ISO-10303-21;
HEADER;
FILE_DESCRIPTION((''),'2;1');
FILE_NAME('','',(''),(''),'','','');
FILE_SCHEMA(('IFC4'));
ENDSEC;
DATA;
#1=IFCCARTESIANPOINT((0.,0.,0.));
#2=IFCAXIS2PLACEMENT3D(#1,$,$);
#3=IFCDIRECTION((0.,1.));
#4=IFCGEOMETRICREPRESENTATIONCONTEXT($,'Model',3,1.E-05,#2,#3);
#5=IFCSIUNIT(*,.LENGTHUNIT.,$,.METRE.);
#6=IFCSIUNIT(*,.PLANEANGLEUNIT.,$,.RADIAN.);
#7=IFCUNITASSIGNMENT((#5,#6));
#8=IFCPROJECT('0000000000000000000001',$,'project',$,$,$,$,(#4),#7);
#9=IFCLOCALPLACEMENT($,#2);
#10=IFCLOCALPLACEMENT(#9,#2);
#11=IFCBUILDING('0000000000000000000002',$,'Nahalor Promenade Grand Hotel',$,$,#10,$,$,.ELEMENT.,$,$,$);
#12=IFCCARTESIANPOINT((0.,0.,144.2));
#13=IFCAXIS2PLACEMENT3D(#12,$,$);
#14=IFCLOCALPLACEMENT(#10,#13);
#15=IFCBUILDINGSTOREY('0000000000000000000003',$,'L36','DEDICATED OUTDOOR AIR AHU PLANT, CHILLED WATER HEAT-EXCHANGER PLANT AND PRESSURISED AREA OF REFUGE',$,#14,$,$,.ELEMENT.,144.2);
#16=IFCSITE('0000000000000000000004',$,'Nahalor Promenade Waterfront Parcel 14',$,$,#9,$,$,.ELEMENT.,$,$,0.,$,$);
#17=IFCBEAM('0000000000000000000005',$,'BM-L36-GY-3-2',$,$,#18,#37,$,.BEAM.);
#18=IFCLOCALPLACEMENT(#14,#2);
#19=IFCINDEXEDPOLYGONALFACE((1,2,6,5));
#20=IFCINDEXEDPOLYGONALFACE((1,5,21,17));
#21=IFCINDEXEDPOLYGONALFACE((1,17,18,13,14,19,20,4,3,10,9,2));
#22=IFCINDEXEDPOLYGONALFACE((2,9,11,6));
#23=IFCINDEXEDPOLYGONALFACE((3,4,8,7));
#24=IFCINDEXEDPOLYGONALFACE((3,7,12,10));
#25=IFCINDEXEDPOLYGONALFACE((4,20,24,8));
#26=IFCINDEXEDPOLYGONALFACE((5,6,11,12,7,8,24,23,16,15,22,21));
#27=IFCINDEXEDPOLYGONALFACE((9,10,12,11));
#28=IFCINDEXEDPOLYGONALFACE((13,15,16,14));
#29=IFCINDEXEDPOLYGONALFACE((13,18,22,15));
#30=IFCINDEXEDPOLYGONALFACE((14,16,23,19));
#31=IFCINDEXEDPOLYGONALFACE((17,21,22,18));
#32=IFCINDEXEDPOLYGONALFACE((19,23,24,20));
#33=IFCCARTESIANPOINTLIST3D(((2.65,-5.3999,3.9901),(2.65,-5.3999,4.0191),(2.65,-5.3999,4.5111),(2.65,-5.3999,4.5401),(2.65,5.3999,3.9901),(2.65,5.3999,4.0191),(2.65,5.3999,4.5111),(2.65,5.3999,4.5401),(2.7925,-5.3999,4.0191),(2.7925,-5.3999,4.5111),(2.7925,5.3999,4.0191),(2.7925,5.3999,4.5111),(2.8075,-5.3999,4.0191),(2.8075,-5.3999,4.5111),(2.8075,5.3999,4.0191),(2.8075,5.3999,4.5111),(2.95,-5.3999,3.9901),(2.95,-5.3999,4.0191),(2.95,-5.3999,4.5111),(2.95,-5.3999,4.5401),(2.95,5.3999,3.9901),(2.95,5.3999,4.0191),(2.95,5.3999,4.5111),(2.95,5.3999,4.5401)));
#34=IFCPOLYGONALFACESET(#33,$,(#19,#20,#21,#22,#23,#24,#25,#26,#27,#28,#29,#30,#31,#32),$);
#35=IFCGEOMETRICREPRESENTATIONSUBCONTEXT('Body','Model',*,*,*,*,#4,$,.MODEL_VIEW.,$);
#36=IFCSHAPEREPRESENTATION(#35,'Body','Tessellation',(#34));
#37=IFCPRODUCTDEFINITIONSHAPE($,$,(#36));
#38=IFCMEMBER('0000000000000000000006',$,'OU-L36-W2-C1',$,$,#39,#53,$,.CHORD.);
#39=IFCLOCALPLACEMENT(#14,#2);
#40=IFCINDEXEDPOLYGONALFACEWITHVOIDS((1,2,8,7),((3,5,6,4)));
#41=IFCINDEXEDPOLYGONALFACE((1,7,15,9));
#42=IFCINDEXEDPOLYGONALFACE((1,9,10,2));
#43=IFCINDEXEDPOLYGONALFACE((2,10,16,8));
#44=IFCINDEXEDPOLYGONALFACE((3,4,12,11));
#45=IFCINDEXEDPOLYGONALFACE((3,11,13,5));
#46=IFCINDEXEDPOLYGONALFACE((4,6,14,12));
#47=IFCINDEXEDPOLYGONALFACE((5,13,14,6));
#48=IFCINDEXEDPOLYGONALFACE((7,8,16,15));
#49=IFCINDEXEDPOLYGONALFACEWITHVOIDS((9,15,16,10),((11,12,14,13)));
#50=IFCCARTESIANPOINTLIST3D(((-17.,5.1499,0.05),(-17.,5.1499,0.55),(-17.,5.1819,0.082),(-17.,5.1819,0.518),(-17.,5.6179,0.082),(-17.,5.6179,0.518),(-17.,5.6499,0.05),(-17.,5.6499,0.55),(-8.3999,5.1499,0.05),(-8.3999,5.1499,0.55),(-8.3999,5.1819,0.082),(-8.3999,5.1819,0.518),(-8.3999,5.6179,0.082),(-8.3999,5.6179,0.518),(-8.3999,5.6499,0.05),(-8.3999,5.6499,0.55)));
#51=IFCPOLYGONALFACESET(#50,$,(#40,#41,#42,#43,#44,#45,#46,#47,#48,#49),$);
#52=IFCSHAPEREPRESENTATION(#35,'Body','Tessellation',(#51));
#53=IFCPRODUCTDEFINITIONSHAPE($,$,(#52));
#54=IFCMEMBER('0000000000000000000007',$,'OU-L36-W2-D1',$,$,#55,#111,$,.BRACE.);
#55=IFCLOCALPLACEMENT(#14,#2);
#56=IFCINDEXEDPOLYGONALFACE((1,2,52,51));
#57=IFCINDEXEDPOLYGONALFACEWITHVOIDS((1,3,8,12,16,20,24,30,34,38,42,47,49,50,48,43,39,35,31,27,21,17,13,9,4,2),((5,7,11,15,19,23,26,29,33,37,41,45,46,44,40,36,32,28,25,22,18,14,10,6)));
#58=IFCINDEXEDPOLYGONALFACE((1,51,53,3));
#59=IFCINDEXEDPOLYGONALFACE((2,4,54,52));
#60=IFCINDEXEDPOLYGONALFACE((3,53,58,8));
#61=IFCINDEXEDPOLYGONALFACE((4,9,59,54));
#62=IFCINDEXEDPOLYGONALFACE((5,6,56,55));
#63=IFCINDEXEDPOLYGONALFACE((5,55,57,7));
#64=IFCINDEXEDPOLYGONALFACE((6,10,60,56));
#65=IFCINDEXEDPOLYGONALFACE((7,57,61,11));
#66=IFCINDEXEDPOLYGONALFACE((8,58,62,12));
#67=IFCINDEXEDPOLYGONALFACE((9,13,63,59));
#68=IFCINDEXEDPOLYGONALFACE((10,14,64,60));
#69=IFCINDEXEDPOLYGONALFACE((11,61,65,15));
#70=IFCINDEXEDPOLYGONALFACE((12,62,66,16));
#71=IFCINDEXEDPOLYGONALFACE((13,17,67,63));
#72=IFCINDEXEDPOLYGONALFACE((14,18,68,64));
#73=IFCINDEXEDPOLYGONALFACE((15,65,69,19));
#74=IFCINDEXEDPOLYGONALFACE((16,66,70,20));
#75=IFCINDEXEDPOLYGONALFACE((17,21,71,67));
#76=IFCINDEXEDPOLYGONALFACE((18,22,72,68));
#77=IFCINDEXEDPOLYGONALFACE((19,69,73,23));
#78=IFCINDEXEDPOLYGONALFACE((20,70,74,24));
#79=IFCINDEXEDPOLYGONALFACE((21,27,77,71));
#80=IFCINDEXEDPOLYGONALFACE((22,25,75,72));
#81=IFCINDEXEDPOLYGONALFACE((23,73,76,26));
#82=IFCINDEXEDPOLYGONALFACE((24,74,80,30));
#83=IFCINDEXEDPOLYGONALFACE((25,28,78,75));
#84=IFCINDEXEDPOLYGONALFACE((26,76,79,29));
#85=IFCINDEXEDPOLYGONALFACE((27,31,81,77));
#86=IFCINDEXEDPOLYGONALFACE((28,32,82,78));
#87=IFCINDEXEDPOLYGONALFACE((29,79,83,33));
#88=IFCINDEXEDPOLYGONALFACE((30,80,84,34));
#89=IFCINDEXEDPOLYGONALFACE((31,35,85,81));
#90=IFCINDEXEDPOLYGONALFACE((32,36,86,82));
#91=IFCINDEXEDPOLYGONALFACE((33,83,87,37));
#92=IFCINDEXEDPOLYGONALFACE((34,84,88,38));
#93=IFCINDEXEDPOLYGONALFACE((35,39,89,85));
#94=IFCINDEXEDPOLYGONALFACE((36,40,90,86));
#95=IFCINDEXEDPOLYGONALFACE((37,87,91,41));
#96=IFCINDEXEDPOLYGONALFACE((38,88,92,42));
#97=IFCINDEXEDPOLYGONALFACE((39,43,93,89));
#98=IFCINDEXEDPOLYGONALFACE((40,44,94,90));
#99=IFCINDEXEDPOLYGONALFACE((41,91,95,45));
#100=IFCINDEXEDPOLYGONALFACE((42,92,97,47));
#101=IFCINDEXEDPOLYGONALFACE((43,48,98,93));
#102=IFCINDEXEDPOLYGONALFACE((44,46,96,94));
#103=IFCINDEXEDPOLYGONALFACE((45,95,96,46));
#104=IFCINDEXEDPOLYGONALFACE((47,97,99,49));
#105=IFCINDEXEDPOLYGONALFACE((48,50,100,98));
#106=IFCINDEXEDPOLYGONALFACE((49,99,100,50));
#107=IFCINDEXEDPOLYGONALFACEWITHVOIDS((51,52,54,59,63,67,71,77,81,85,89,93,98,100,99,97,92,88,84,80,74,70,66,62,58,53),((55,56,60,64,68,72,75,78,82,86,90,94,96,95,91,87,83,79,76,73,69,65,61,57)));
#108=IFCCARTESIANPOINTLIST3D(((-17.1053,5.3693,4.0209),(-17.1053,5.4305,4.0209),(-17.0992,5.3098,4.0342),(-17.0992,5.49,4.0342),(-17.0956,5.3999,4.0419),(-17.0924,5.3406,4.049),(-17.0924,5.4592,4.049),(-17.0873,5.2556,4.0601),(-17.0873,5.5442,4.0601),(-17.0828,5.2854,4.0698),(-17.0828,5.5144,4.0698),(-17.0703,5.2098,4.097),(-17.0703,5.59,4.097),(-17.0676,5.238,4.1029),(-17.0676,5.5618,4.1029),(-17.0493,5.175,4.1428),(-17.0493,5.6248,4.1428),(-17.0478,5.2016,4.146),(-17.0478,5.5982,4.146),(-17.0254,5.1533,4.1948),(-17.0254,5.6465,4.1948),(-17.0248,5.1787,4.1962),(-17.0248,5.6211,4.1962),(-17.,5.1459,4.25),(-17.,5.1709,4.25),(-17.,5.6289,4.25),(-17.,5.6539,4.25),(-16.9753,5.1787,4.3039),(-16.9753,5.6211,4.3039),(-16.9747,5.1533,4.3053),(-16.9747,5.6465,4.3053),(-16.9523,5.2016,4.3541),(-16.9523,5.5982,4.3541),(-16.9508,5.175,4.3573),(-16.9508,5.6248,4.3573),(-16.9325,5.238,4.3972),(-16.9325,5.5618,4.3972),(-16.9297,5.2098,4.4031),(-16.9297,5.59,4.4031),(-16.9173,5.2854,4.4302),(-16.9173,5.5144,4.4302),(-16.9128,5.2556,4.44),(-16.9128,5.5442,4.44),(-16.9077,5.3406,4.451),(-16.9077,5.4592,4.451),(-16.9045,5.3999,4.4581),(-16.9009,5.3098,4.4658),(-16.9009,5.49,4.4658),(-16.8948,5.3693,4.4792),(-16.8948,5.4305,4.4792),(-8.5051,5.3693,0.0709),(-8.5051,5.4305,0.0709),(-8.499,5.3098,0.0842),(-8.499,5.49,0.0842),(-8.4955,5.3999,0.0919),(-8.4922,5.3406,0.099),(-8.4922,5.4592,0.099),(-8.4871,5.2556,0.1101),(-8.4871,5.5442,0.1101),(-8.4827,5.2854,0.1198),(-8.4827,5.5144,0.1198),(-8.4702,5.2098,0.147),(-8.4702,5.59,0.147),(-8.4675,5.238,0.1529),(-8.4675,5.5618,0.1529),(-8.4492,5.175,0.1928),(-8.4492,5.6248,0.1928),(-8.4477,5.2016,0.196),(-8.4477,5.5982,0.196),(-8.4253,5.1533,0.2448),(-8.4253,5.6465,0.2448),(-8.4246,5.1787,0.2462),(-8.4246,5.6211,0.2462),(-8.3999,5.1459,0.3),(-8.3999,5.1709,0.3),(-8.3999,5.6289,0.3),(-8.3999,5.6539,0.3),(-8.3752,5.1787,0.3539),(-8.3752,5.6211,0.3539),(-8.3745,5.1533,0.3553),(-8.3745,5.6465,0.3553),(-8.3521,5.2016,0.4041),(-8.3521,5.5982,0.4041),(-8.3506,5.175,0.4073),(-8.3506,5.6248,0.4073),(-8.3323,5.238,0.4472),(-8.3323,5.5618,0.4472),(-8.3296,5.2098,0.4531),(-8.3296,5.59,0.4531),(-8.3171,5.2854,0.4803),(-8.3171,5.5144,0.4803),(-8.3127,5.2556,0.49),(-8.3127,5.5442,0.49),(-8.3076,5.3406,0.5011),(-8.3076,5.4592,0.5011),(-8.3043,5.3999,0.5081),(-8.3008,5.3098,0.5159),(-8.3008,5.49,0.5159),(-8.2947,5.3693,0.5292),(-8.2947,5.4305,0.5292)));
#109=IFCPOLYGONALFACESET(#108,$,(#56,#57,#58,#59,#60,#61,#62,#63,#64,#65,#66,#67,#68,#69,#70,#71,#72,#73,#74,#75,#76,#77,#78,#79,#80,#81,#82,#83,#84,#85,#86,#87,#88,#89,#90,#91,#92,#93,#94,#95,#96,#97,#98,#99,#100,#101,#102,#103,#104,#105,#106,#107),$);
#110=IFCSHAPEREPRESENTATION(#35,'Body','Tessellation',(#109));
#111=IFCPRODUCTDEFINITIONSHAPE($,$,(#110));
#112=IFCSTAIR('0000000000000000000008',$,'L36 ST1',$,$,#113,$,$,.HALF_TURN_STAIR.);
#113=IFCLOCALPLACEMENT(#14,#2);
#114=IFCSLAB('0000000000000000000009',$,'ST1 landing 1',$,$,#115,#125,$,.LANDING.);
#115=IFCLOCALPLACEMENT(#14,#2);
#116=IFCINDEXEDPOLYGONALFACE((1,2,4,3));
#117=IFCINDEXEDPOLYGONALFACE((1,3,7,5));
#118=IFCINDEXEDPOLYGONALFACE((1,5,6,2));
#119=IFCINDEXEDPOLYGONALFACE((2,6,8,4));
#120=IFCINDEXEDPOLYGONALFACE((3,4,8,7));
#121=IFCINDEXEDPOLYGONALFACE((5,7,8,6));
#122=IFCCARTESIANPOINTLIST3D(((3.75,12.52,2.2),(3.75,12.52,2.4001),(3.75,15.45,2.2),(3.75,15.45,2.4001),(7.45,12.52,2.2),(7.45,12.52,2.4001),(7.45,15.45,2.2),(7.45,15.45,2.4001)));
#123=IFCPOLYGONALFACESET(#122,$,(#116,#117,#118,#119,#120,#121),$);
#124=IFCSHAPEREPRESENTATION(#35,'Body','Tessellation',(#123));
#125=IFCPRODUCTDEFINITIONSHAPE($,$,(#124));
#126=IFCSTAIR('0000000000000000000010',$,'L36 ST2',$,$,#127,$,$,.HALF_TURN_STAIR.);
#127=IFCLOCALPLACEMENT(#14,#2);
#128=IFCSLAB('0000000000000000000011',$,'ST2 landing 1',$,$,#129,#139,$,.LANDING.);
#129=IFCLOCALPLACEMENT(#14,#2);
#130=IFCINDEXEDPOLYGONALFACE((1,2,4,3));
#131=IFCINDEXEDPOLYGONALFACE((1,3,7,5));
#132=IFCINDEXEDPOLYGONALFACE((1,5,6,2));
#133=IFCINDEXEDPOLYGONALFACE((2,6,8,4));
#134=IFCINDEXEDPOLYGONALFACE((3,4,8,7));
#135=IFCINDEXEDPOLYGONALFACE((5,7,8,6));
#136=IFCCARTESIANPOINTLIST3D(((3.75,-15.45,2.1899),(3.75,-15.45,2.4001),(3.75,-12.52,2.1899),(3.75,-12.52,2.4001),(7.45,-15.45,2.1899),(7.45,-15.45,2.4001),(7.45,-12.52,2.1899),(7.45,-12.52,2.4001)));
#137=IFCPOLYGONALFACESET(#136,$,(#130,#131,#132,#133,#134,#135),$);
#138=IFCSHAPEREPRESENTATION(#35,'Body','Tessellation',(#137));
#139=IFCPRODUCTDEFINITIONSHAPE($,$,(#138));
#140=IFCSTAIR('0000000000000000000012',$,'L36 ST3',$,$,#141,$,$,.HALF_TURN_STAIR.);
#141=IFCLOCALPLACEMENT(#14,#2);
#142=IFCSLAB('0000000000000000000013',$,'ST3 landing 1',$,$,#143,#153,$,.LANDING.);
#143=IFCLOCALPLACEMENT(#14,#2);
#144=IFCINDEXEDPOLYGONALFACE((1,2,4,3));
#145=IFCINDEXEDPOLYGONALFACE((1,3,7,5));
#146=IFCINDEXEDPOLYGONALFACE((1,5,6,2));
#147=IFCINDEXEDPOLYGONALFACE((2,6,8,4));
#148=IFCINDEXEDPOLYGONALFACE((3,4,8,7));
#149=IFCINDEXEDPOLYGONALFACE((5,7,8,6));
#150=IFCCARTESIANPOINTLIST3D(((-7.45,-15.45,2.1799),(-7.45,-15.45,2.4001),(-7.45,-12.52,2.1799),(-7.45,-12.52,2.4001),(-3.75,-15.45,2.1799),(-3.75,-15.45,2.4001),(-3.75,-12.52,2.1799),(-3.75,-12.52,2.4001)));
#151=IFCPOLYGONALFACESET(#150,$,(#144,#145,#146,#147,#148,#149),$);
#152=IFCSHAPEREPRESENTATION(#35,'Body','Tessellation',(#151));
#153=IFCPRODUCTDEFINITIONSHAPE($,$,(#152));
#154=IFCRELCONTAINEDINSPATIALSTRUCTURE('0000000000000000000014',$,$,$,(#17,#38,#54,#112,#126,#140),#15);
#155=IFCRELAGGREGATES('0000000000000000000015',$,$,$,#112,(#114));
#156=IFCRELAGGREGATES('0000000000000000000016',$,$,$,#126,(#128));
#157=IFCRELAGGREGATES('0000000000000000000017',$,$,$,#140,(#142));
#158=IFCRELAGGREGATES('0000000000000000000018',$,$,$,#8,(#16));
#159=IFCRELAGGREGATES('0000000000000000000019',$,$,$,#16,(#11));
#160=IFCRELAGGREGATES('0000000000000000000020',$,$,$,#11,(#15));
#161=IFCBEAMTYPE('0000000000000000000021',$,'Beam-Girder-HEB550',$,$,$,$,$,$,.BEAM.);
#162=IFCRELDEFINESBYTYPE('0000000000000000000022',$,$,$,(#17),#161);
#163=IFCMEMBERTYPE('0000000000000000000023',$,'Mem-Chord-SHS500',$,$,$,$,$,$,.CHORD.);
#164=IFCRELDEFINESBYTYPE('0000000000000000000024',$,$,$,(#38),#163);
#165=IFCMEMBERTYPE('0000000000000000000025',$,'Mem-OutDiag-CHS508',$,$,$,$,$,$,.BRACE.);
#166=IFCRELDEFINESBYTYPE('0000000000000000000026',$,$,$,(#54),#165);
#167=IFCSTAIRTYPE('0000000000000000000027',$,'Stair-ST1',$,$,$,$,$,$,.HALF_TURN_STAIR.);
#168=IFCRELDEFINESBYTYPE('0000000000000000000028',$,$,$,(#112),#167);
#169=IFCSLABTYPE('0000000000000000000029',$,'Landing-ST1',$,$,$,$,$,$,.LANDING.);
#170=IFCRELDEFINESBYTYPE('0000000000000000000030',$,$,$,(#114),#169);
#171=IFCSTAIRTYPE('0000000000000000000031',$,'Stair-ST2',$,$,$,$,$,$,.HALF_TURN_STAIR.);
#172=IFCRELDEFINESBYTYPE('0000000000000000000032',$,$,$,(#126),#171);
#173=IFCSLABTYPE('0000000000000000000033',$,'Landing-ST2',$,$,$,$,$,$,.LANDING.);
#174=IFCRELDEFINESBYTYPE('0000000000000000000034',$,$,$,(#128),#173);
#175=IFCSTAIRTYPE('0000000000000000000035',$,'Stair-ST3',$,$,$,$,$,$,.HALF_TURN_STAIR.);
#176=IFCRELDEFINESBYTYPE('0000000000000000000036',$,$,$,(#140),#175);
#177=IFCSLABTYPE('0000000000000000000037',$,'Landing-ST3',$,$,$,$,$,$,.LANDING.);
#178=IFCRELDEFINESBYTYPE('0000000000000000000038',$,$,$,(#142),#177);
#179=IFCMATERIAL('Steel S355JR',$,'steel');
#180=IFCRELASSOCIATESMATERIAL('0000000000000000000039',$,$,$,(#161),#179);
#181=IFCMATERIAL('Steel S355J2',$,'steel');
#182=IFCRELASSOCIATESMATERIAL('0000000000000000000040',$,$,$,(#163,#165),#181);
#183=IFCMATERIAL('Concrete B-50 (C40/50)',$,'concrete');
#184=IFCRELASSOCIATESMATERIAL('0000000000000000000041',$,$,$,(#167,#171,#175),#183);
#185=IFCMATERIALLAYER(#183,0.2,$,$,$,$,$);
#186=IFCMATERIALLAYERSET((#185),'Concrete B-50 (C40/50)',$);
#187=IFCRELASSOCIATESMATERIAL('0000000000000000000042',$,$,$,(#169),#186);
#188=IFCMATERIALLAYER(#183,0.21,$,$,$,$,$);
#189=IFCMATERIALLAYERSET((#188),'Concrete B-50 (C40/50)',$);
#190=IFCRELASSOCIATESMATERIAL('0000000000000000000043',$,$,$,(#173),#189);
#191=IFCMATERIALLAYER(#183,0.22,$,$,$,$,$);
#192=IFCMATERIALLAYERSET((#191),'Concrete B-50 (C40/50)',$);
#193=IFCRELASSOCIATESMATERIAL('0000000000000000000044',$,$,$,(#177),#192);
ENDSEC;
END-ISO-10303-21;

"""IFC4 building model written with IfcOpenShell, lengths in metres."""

from ifc_helpers import new_model, si_unit, direction, frame, origin, origin_2d, place, context, subcontext, project, spatial, polyline, hollow_rectangle, hollow_circle, i_section, outline, extrude, source, transform, mapped, material, layer, layer_set, material_profile, profile_set, type_object, element, aggregate, save


model = new_model("IFC4")

# Units and contexts
model_context = context("Model", 3, precision=1e-05, world=origin(), true_north=direction((0.0, 1.0)))
body_context = subcontext(model_context, "Body", "Model", "MODEL_VIEW")
ifc_project = project(units=[si_unit("LENGTHUNIT", "METRE"), si_unit("PLANEANGLEUNIT", "RADIAN")], contexts=[model_context])

# Site, building, storey
site_placement = place(None, origin())
site = spatial("IfcSite", under=ifc_project, at=site_placement, Name="Nahalor Promenade Waterfront Parcel 14", CompositionType="ELEMENT", RefElevation=0.0)
building_placement = place(site_placement, origin())
building = spatial("IfcBuilding", under=site, at=building_placement, Name="Nahalor Promenade Grand Hotel", CompositionType="ELEMENT")
storey_placement = place(building_placement, frame((0.0, 0.0, 144.2)))
storey = spatial("IfcBuildingStorey", under=building, at=storey_placement, Name="L36", Description="DEDICATED OUTDOOR AIR AHU PLANT, CHILLED WATER HEAT-EXCHANGER PLANT AND PRESSURISED AREA OF REFUGE", CompositionType="ELEMENT", Elevation=144.2)

# Beam
ifc_material_1 = material(Name="Steel S355JR", Category="steel")
ifc_material_profile_1 = material_profile(ifc_material_1, i_section(OverallWidth=0.3, OverallDepth=0.55, WebThickness=0.015, FlangeThickness=0.029, at=origin_2d()), Name="HEB 550")
ifc_profile_set_1 = profile_set([ifc_material_profile_1], Name="Steel S355JR")
beam_type = type_object("IfcBeamType", Name="Beam-Girder-HEB550", PredefinedType="BEAM", material=ifc_profile_set_1)
shared_shape_1 = source(origin(), body_context, "Body", "SweptSolid", [
    extrude(i_section(OverallWidth=0.3, OverallDepth=0.55, WebThickness=0.015, FlangeThickness=0.029, at=origin_2d()), origin(), (0.0, 0.0, 1.0), 10.7998),
])
beam_1_placement = place(storey_placement, frame((2.8, -5.3999, 4.2651), z_axis=(0.0, 1.0, 0.0), x_axis=(-1.0, 0.0, 0.0)))
element("IfcBeam", 1, at=beam_1_placement, inside=storey, type_object=beam_type, Name="BM-L36-GY-3-2", PredefinedType="BEAM", context=body_context, shape_type="MappedRepresentation", body=[
    mapped(shared_shape_1, transform((0.0, 0.0, 0.0), scale=1.0)),
])

# Members
ifc_material_2 = material(Name="Steel S355J2", Category="steel")
ifc_material_profile_2 = material_profile(ifc_material_2, hollow_rectangle(XDim=0.5, YDim=0.5, WallThickness=0.032, at=origin_2d()), Name="SHS 500x500x32")
ifc_profile_set_2 = profile_set([ifc_material_profile_2], Name="Steel S355J2")
member_type_1 = type_object("IfcMemberType", Name="Mem-Chord-SHS500", PredefinedType="CHORD", material=ifc_profile_set_2)
shared_shape_2 = source(origin(), body_context, "Body", "SweptSolid", [
    extrude(hollow_rectangle(XDim=0.5, YDim=0.5, WallThickness=0.032, at=origin_2d()), origin(), (0.0, 0.0, 1.0), 8.6001),
])
member_1_placement = place(storey_placement, frame((-8.3999, 5.3999, 0.3), z_axis=(-1.0, 0.0, 0.0), x_axis=(0.0, -1.0, 0.0)))
element("IfcMember", 2, at=member_1_placement, inside=storey, type_object=member_type_1, Name="OU-L36-W2-C1", PredefinedType="CHORD", context=body_context, shape_type="MappedRepresentation", body=[
    mapped(shared_shape_2, transform((0.0, 0.0, 0.0), scale=1.0)),
])
ifc_material_profile_3 = material_profile(ifc_material_2, hollow_circle(Radius=0.254, WallThickness=0.025, at=origin_2d()), Name="CHS 508x25")
ifc_profile_set_3 = profile_set([ifc_material_profile_3], Name="Steel S355J2")
member_type_2 = type_object("IfcMemberType", Name="Mem-OutDiag-CHS508", PredefinedType="BRACE", material=ifc_profile_set_3)
shared_shape_3 = source(origin(), body_context, "Body", "SweptSolid", [
    extrude(hollow_circle(Radius=0.254, WallThickness=0.025, at=origin_2d()), origin(), (0.0, 0.0, 1.0), 9.4639),
])
member_2_placement = place(storey_placement, frame((-8.3999, 5.3999, 0.3), z_axis=(-0.908735, 0.0, 0.417374), x_axis=(0.0, -1.0, 0.0)))
element("IfcMember", 3, at=member_2_placement, inside=storey, type_object=member_type_2, Name="OU-L36-W2-D1", PredefinedType="BRACE", context=body_context, shape_type="MappedRepresentation", body=[
    mapped(shared_shape_3, transform((0.0, 0.0, 0.0), scale=1.0)),
])

# Stairs, slabs
ifc_material_3 = material(Name="Concrete B-50 (C40/50)", Category="concrete")
stair_type_1 = type_object("IfcStairType", Name="Stair-ST1", PredefinedType="HALF_TURN_STAIR", material=ifc_material_3)
stair_1_placement = place(storey_placement, origin())
stair_1 = element("IfcStair", 4, at=stair_1_placement, inside=storey, type_object=stair_type_1, Name="L36 ST1", PredefinedType="HALF_TURN_STAIR")
ifc_layer_1 = layer(ifc_material_3, 0.2)
ifc_layer_set_1 = layer_set([ifc_layer_1], Name="Concrete B-50 (C40/50)")
slab_type_1 = type_object("IfcSlabType", Name="Landing-ST1", PredefinedType="LANDING", material=ifc_layer_set_1)
slab_1_placement = place(storey_placement, frame((0.0, 0.0, 2.2)))
slab_1 = element("IfcSlab", 5, at=slab_1_placement, type_object=slab_type_1, Name="ST1 landing 1", PredefinedType="LANDING", context=body_context, shape_type="SweptSolid", body=[
    extrude(outline(polyline([(7.45, 12.52), (7.45, 15.45), (3.75, 15.45), (3.75, 12.52), (7.45, 12.52)])), origin(), (0.0, 0.0, 1.0), 0.2002),
])
aggregate(stair_1, [slab_1])
stair_type_2 = type_object("IfcStairType", Name="Stair-ST2", PredefinedType="HALF_TURN_STAIR", material=ifc_material_3)
stair_2_placement = place(storey_placement, origin())
stair_2 = element("IfcStair", 6, at=stair_2_placement, inside=storey, type_object=stair_type_2, Name="L36 ST2", PredefinedType="HALF_TURN_STAIR")
ifc_layer_2 = layer(ifc_material_3, 0.21)
ifc_layer_set_2 = layer_set([ifc_layer_2], Name="Concrete B-50 (C40/50)")
slab_type_2 = type_object("IfcSlabType", Name="Landing-ST2", PredefinedType="LANDING", material=ifc_layer_set_2)
slab_2_placement = place(storey_placement, frame((0.0, 0.0, 2.1899)))
slab_2 = element("IfcSlab", 7, at=slab_2_placement, type_object=slab_type_2, Name="ST2 landing 1", PredefinedType="LANDING", context=body_context, shape_type="SweptSolid", body=[
    extrude(outline(polyline([(3.75, -12.52), (3.75, -15.45), (7.45, -15.45), (7.45, -12.52), (3.75, -12.52)])), origin(), (0.0, 0.0, 1.0), 0.2102),
])
aggregate(stair_2, [slab_2])
stair_type_3 = type_object("IfcStairType", Name="Stair-ST3", PredefinedType="HALF_TURN_STAIR", material=ifc_material_3)
stair_3_placement = place(storey_placement, origin())
stair_3 = element("IfcStair", 8, at=stair_3_placement, inside=storey, type_object=stair_type_3, Name="L36 ST3", PredefinedType="HALF_TURN_STAIR")
ifc_layer_3 = layer(ifc_material_3, 0.22)
ifc_layer_set_3 = layer_set([ifc_layer_3], Name="Concrete B-50 (C40/50)")
slab_type_3 = type_object("IfcSlabType", Name="Landing-ST3", PredefinedType="LANDING", material=ifc_layer_set_3)
slab_3_placement = place(storey_placement, frame((0.0, 0.0, 2.1799)))
slab_3 = element("IfcSlab", 9, at=slab_3_placement, type_object=slab_type_3, Name="ST3 landing 1", PredefinedType="LANDING", context=body_context, shape_type="SweptSolid", body=[
    extrude(outline(polyline([(-7.45, -12.52), (-7.45, -15.45), (-3.75, -15.45), (-3.75, -12.52), (-7.45, -12.52)])), origin(), (0.0, 0.0, 1.0), 0.2202),
])
aggregate(stair_3, [slab_3])

save(model, "model.ifc")
